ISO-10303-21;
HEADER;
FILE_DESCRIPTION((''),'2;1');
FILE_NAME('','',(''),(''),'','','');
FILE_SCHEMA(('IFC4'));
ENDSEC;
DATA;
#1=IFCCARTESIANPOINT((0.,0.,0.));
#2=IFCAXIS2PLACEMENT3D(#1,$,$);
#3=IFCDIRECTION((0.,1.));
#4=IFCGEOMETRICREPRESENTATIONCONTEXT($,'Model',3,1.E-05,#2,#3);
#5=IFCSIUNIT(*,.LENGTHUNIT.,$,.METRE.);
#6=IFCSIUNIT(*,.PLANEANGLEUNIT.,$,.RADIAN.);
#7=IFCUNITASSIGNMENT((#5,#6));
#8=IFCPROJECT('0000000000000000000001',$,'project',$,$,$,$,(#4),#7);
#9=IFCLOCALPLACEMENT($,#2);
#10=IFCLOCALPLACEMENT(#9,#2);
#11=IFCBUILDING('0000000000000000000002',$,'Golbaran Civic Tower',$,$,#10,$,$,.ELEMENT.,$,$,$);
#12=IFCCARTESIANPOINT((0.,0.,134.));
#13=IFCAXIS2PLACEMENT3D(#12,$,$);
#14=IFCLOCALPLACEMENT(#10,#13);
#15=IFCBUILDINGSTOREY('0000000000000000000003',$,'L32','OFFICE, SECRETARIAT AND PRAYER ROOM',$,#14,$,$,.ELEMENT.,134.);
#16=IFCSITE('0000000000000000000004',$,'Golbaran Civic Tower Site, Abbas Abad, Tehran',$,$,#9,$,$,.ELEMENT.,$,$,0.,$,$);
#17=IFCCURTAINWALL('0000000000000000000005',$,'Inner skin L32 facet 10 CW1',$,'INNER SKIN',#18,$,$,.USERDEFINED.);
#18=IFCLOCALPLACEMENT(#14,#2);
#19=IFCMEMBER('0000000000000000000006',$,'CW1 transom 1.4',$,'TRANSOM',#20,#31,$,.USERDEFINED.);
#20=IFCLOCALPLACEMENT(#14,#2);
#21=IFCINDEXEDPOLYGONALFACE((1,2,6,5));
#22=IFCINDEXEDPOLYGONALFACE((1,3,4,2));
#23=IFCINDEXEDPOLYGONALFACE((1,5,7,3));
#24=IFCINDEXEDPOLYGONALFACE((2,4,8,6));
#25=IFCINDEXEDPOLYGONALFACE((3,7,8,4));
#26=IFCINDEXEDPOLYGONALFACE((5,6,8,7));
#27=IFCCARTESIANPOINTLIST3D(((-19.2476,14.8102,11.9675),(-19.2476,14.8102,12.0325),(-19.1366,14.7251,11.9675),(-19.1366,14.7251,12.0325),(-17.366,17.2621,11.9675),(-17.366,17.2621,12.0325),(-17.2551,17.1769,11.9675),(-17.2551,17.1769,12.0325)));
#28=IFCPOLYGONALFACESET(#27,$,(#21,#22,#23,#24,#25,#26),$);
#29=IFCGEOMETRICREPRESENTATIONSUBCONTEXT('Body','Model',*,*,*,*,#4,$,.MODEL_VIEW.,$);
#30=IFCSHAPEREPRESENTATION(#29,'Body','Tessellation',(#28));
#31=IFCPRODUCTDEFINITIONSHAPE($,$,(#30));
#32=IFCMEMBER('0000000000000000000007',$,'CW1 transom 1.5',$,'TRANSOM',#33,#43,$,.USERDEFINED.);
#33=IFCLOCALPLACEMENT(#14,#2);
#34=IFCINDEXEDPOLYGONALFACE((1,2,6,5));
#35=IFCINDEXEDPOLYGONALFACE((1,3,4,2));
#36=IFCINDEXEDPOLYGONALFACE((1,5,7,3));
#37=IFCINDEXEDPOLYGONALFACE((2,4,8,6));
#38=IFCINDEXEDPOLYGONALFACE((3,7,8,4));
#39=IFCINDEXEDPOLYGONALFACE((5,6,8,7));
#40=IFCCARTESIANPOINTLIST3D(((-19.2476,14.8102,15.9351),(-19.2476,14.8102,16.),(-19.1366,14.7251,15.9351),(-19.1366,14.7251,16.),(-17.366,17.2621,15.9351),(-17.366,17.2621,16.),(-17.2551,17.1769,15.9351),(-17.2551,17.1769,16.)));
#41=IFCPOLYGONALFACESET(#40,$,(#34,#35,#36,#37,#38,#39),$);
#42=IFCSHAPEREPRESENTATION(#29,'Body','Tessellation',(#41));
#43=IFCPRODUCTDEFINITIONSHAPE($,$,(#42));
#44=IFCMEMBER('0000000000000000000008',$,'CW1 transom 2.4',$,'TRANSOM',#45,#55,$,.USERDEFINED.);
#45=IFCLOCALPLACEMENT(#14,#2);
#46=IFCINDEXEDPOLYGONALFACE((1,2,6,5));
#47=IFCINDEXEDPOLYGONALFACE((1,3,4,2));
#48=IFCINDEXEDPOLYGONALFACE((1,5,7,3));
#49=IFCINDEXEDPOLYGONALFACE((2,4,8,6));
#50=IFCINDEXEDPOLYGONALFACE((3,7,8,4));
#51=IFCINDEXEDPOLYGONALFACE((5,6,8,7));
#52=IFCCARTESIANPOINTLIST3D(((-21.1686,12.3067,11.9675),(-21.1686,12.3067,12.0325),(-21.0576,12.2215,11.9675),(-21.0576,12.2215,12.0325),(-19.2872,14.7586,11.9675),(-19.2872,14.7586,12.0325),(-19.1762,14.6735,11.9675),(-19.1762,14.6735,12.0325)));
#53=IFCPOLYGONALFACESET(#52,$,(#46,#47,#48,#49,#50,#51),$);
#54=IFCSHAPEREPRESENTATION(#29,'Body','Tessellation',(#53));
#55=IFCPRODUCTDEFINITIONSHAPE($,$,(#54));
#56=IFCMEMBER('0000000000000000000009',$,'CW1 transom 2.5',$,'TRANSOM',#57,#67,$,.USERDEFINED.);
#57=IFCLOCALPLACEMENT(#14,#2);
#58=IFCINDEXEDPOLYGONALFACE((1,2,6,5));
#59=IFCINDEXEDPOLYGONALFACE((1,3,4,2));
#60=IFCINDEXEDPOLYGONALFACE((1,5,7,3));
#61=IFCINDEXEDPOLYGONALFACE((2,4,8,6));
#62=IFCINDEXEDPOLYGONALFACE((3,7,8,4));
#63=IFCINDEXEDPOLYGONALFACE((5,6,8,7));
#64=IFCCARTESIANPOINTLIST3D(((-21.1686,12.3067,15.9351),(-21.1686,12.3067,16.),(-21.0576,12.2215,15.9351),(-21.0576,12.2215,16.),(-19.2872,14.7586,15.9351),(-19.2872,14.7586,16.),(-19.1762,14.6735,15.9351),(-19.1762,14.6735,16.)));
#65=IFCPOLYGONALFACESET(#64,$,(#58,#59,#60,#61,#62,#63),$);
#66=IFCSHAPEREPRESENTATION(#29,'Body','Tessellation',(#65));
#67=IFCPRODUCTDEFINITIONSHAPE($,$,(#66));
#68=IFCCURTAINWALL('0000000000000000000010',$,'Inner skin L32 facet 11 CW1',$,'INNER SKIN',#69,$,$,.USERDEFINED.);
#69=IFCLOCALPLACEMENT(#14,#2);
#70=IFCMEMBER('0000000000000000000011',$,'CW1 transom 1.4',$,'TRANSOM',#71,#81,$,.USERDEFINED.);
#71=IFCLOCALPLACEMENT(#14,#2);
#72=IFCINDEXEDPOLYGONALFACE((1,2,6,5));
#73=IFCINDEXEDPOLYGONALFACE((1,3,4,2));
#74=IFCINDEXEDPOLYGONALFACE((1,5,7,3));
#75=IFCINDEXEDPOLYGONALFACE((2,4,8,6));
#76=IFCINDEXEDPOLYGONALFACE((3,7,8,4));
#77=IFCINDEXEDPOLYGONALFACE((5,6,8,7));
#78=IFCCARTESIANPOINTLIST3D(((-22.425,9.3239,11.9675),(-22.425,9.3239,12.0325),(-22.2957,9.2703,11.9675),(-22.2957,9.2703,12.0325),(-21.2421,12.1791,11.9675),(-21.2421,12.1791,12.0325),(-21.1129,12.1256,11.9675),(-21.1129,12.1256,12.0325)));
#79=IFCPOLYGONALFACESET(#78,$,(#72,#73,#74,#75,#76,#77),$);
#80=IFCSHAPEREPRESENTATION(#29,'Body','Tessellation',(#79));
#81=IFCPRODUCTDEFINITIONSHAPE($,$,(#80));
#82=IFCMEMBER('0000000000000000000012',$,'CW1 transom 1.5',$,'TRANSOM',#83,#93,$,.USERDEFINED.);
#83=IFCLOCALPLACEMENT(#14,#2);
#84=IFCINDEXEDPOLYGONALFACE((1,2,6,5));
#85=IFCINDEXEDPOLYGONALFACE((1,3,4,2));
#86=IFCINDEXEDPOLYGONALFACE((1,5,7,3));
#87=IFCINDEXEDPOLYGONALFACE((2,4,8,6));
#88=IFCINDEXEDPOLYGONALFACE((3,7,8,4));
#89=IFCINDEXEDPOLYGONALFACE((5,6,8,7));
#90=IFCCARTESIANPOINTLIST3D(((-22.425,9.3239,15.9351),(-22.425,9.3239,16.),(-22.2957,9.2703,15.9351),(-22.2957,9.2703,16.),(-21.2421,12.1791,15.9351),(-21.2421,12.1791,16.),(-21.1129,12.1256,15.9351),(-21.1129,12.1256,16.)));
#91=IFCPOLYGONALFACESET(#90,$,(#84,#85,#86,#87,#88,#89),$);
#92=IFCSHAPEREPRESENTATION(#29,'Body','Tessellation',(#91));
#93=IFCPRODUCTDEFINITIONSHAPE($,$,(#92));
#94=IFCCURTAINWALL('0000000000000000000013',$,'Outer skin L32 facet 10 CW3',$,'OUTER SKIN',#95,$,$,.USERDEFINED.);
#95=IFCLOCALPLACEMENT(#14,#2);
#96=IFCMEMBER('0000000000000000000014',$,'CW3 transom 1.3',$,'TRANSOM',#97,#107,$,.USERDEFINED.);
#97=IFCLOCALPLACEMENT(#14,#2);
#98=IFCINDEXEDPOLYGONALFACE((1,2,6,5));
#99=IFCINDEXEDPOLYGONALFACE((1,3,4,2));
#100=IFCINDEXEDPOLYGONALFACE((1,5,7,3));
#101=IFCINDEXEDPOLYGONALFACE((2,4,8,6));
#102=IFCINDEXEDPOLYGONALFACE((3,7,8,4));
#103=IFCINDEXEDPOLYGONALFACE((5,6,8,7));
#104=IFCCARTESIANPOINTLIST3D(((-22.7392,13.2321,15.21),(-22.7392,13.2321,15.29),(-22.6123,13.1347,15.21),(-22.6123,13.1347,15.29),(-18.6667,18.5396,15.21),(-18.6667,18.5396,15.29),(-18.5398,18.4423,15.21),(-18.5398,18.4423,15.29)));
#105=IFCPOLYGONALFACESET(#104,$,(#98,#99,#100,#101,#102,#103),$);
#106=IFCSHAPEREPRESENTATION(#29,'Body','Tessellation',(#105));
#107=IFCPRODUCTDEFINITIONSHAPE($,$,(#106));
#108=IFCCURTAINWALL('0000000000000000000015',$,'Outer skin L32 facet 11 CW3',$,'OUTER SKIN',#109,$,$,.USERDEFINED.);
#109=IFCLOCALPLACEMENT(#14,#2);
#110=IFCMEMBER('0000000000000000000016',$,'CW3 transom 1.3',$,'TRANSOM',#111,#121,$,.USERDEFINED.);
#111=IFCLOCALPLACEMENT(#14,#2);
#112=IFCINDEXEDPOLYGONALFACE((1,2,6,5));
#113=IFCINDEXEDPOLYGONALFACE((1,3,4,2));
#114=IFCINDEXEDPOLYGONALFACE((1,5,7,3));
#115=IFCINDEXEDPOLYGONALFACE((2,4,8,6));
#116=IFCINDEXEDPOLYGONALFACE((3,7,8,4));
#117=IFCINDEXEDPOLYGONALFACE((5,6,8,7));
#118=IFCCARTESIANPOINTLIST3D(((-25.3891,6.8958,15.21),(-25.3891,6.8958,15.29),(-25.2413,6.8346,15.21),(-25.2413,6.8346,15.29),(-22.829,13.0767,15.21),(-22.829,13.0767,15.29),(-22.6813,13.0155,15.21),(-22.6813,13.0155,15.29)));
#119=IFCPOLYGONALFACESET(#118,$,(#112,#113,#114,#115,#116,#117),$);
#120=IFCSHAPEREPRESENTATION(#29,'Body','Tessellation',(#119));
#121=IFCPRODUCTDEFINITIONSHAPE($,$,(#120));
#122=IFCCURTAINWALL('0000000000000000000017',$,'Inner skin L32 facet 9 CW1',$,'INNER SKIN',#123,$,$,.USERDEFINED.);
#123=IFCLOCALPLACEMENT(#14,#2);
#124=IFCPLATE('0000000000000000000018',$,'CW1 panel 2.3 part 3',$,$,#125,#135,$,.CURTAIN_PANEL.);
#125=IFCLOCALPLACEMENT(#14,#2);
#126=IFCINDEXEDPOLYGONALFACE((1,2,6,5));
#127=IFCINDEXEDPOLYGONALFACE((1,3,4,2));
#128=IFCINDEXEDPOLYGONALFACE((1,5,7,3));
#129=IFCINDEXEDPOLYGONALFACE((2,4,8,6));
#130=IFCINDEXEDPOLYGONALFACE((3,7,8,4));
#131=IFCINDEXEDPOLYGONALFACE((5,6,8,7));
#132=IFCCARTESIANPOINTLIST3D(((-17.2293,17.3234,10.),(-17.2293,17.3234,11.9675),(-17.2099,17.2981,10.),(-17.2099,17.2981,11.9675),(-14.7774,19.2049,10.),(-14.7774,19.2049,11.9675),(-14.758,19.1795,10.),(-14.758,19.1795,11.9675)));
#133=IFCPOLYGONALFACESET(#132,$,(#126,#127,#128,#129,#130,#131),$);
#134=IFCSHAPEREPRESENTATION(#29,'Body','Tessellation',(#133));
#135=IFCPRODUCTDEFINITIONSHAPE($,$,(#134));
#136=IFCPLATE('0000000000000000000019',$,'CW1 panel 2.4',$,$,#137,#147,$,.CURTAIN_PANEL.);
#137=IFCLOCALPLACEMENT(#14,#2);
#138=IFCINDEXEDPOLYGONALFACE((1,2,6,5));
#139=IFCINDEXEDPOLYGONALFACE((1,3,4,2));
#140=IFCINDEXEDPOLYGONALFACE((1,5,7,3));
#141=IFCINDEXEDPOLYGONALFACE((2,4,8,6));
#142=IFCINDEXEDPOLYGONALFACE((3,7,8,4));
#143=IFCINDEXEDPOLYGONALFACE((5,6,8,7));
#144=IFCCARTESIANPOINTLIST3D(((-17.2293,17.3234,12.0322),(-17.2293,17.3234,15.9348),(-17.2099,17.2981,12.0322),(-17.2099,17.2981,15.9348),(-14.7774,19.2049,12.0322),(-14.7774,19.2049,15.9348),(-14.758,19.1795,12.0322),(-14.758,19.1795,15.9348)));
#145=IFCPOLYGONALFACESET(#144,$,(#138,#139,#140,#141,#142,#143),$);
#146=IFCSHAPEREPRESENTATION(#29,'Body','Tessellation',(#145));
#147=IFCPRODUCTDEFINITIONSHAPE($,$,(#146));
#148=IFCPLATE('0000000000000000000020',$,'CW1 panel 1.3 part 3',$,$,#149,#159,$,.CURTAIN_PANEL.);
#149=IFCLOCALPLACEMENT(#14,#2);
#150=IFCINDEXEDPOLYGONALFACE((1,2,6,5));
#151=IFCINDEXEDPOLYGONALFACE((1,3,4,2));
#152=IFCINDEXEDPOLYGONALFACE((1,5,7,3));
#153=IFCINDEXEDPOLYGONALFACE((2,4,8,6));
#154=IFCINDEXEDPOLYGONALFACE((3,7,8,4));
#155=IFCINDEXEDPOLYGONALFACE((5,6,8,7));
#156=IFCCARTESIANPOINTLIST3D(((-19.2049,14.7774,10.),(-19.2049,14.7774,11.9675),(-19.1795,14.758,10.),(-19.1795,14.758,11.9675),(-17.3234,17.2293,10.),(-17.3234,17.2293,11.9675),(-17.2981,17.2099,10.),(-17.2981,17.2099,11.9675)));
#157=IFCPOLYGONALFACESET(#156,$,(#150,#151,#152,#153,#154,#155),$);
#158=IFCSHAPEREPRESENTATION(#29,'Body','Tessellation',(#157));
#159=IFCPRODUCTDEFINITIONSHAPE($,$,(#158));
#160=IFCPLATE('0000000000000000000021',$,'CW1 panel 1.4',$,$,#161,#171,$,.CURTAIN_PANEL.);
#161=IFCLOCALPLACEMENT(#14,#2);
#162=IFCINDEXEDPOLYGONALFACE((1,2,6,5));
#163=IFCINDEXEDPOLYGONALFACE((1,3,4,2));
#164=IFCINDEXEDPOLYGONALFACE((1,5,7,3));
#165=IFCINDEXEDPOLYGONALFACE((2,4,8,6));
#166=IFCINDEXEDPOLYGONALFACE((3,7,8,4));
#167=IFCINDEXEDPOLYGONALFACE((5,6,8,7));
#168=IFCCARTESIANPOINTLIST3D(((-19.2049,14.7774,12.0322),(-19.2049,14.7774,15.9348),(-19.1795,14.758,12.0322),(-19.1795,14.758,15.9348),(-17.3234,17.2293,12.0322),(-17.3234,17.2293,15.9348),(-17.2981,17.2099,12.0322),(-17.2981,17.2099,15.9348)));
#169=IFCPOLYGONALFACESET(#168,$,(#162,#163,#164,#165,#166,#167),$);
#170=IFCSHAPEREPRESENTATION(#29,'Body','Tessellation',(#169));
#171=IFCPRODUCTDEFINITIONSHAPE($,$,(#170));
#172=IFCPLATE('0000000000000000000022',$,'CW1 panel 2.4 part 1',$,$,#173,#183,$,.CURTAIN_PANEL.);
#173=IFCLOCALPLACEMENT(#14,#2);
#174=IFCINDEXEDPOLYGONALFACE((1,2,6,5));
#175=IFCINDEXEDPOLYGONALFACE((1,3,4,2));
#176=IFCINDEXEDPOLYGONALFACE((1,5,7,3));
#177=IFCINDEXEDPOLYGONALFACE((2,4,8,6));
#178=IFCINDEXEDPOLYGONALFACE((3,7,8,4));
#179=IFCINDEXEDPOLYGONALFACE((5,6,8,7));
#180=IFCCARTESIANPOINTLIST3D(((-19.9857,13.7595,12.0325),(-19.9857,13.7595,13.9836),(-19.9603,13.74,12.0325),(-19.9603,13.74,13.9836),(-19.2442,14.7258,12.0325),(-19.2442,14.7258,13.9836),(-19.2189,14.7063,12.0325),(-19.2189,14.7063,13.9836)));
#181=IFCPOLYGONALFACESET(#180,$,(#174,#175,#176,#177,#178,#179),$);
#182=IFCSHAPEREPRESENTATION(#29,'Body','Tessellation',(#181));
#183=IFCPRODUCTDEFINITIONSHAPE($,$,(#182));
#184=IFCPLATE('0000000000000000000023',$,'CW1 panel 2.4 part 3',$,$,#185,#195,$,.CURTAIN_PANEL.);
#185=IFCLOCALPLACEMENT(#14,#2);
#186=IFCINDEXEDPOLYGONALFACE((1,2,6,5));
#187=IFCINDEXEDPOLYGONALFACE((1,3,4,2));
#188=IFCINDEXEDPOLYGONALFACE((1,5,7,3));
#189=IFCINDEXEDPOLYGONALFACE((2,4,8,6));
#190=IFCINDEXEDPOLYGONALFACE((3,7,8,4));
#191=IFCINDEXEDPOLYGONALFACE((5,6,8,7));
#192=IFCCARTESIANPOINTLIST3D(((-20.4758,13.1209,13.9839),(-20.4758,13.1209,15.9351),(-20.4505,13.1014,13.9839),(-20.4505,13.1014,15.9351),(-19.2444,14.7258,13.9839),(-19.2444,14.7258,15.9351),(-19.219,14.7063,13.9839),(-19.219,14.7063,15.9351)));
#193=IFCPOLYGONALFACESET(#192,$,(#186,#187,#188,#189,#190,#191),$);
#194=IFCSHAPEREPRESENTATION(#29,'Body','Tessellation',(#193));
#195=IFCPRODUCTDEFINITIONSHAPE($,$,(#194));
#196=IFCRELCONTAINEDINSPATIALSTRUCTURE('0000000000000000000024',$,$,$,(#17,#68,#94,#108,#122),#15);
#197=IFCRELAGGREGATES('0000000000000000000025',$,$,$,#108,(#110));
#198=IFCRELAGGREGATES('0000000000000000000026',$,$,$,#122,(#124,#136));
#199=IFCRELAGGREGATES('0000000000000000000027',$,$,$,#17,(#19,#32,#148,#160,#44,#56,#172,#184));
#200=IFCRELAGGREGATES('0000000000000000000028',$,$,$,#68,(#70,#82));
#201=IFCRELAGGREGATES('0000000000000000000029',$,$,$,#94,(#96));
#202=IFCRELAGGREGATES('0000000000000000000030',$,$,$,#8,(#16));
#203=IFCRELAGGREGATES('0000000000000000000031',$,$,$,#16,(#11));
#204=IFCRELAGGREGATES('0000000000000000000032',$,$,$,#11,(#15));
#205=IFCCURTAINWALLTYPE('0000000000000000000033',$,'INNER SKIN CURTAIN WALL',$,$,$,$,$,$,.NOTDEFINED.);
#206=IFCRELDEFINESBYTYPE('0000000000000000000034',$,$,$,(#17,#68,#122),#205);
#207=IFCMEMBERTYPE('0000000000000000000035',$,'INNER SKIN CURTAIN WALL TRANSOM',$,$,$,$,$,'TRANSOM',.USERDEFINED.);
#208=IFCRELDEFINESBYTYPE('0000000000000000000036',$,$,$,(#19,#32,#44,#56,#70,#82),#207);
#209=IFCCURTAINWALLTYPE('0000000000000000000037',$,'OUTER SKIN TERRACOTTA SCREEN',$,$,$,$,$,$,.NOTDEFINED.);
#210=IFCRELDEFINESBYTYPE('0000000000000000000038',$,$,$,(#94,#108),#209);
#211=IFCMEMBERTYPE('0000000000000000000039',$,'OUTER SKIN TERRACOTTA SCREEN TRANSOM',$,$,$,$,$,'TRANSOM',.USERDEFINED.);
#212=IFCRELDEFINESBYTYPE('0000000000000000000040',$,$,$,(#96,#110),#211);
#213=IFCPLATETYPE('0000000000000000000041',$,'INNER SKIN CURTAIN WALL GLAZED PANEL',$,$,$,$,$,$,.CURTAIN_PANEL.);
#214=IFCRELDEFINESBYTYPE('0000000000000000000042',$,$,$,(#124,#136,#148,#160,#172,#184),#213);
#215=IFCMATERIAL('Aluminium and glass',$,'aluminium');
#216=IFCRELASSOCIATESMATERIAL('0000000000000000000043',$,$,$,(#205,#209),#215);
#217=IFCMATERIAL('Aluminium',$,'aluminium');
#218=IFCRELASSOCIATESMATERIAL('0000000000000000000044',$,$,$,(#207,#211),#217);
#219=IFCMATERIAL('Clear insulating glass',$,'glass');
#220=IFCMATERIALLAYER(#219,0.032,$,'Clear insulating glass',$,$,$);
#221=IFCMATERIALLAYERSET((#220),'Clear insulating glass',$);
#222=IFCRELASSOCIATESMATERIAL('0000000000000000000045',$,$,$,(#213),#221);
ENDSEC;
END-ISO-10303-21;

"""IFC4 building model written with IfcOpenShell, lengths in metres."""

from ifc_helpers import new_model, si_unit, direction, frame, origin, origin_2d, place, context, subcontext, project, spatial, rectangle, extrude, material, layer, layer_set, material_profile, profile_set, type_object, element, aggregate, save


model = new_model("IFC4")

# Units and contexts
model_context = context("Model", 3, precision=1e-05, world=origin(), true_north=direction((0.0, 1.0)))
body_context = subcontext(model_context, "Body", "Model", "MODEL_VIEW")
ifc_project = project(units=[si_unit("LENGTHUNIT", "METRE"), si_unit("PLANEANGLEUNIT", "RADIAN")], contexts=[model_context])

# Site, building, storey
site_placement = place(None, origin())
site = spatial("IfcSite", under=ifc_project, at=site_placement, Name="Golbaran Civic Tower Site, Abbas Abad, Tehran", CompositionType="ELEMENT", RefElevation=0.0)
building_placement = place(site_placement, origin())
building = spatial("IfcBuilding", under=site, at=building_placement, Name="Golbaran Civic Tower", CompositionType="ELEMENT")
storey_placement = place(building_placement, frame((0.0, 0.0, 134.0)))
storey = spatial("IfcBuildingStorey", under=building, at=storey_placement, Name="L32", Description="OFFICE, SECRETARIAT AND PRAYER ROOM", CompositionType="ELEMENT", Elevation=134.0)

# Curtain walls, members
ifc_material_1 = material(Name="Aluminium and glass", Category="aluminium")
curtain_wall_type_1 = type_object("IfcCurtainWallType", Name="INNER SKIN CURTAIN WALL", PredefinedType="NOTDEFINED", material=ifc_material_1)
curtain_wall_1_placement = place(storey_placement, origin())
curtain_wall_1 = element("IfcCurtainWall", 1, at=curtain_wall_1_placement, inside=storey, type_object=curtain_wall_type_1, Name="Inner skin L32 facet 10 CW1", ObjectType="INNER SKIN", PredefinedType="USERDEFINED")
ifc_material_2 = material(Name="Aluminium", Category="aluminium")
ifc_material_profile_1 = material_profile(ifc_material_2, rectangle(XDim=0.1399, YDim=0.0649, at=origin_2d()), Name="INNER SKIN CURTAIN WALL TRANSOM")
ifc_profile_set_1 = profile_set([ifc_material_profile_1], Name="Aluminium")
member_type_1 = type_object("IfcMemberType", Name="INNER SKIN CURTAIN WALL TRANSOM", ElementType="TRANSOM", PredefinedType="USERDEFINED", material=ifc_profile_set_1)
member_1_placement = place(storey_placement, frame((-17.3105, 17.2195, 12.0), z_axis=(-0.608798, -0.793325, 0.0), x_axis=(0.793325, -0.608798, 0.0)))
member_1 = element("IfcMember", 2, at=member_1_placement, type_object=member_type_1, Name="CW1 transom 1.4", ObjectType="TRANSOM", PredefinedType="USERDEFINED", context=body_context, shape_type="SweptSolid", body=[
    extrude(rectangle(XDim=0.1399, YDim=0.0649, at=origin_2d()), origin(), (0.0, 0.0, 1.0), 3.0906),
])
member_2_placement = place(storey_placement, frame((-17.3105, 17.2195, 15.9675), z_axis=(-0.608798, -0.793325, 0.0), x_axis=(0.793325, -0.608798, 0.0)))
member_2 = element("IfcMember", 3, at=member_2_placement, type_object=member_type_1, Name="CW1 transom 1.5", ObjectType="TRANSOM", PredefinedType="USERDEFINED", context=body_context, shape_type="SweptSolid", body=[
    extrude(rectangle(XDim=0.1399, YDim=0.0649, at=origin_2d()), origin(), (0.0, 0.0, 1.0), 3.0906),
])
member_3_placement = place(storey_placement, frame((-19.2317, 14.7161, 12.0), z_axis=(-0.608748, -0.793363, 0.0), x_axis=(0.793363, -0.608748, 0.0)))
member_3 = element("IfcMember", 4, at=member_3_placement, type_object=member_type_1, Name="CW1 transom 2.4", ObjectType="TRANSOM", PredefinedType="USERDEFINED", context=body_context, shape_type="SweptSolid", body=[
    extrude(rectangle(XDim=0.1399, YDim=0.0649, at=origin_2d()), origin(), (0.0, 0.0, 1.0), 3.0906),
])
member_4_placement = place(storey_placement, frame((-19.2317, 14.7161, 15.9675), z_axis=(-0.608748, -0.793363, 0.0), x_axis=(0.793363, -0.608748, 0.0)))
member_4 = element("IfcMember", 5, at=member_4_placement, type_object=member_type_1, Name="CW1 transom 2.5", ObjectType="TRANSOM", PredefinedType="USERDEFINED", context=body_context, shape_type="SweptSolid", body=[
    extrude(rectangle(XDim=0.1399, YDim=0.0649, at=origin_2d()), origin(), (0.0, 0.0, 1.0), 3.0906),
])
curtain_wall_2_placement = place(storey_placement, origin())
curtain_wall_2 = element("IfcCurtainWall", 6, at=curtain_wall_2_placement, inside=storey, type_object=curtain_wall_type_1, Name="Inner skin L32 facet 11 CW1", ObjectType="INNER SKIN", PredefinedType="USERDEFINED")
member_5_placement = place(storey_placement, frame((-21.1775, 12.1523, 12.0), z_axis=(-0.382736, -0.923858, 0.0), x_axis=(0.923858, -0.382736, 0.0)))
member_5 = element("IfcMember", 7, at=member_5_placement, type_object=member_type_1, Name="CW1 transom 1.4", ObjectType="TRANSOM", PredefinedType="USERDEFINED", context=body_context, shape_type="SweptSolid", body=[
    extrude(rectangle(XDim=0.1399, YDim=0.0649, at=origin_2d()), origin(), (0.0, 0.0, 1.0), 3.0906),
])
member_6_placement = place(storey_placement, frame((-21.1775, 12.1523, 15.9675), z_axis=(-0.382736, -0.923858, 0.0), x_axis=(0.923858, -0.382736, 0.0)))
member_6 = element("IfcMember", 8, at=member_6_placement, type_object=member_type_1, Name="CW1 transom 1.5", ObjectType="TRANSOM", PredefinedType="USERDEFINED", context=body_context, shape_type="SweptSolid", body=[
    extrude(rectangle(XDim=0.1399, YDim=0.0649, at=origin_2d()), origin(), (0.0, 0.0, 1.0), 3.0906),
])

# Curtain walls, members
curtain_wall_type_2 = type_object("IfcCurtainWallType", Name="OUTER SKIN TERRACOTTA SCREEN", PredefinedType="NOTDEFINED", material=ifc_material_1)
curtain_wall_3_placement = place(storey_placement, origin())
curtain_wall_3 = element("IfcCurtainWall", 9, at=curtain_wall_3_placement, inside=storey, type_object=curtain_wall_type_2, Name="Outer skin L32 facet 10 CW3", ObjectType="OUTER SKIN", PredefinedType="USERDEFINED")
ifc_material_profile_2 = material_profile(ifc_material_2, rectangle(XDim=0.1599, YDim=0.0801, at=origin_2d()), Name="OUTER SKIN TERRACOTTA SCREEN TRANSOM")
ifc_profile_set_2 = profile_set([ifc_material_profile_2], Name="Aluminium")
member_type_2 = type_object("IfcMemberType", Name="OUTER SKIN TERRACOTTA SCREEN TRANSOM", ElementType="TRANSOM", PredefinedType="USERDEFINED", material=ifc_profile_set_2)
member_7_placement = place(storey_placement, frame((-18.6033, 18.491, 15.25), z_axis=(-0.608746, -0.793365, 0.0), x_axis=(0.793365, -0.608746, 0.0)))
member_7 = element("IfcMember", 10, at=member_7_placement, type_object=member_type_2, Name="CW3 transom 1.3", ObjectType="TRANSOM", PredefinedType="USERDEFINED", context=body_context, shape_type="SweptSolid", body=[
    extrude(rectangle(XDim=0.1599, YDim=0.0801, at=origin_2d()), origin(), (0.0, 0.0, 1.0), 6.6899),
])
curtain_wall_4_placement = place(storey_placement, origin())
curtain_wall_4 = element("IfcCurtainWall", 11, at=curtain_wall_4_placement, inside=storey, type_object=curtain_wall_type_2, Name="Outer skin L32 facet 11 CW3", ObjectType="OUTER SKIN", PredefinedType="USERDEFINED")
member_8_placement = place(storey_placement, frame((-22.7551, 13.0461, 15.25), z_axis=(-0.382663, -0.923888, 0.0), x_axis=(0.923888, -0.382663, 0.0)))
member_8 = element("IfcMember", 12, at=member_8_placement, type_object=member_type_2, Name="CW3 transom 1.3", ObjectType="TRANSOM", PredefinedType="USERDEFINED", context=body_context, shape_type="SweptSolid", body=[
    extrude(rectangle(XDim=0.1599, YDim=0.0801, at=origin_2d()), origin(), (0.0, 0.0, 1.0), 6.6902),
])
aggregate(curtain_wall_4, [member_8])

# Curtain wall, plates
curtain_wall_5_placement = place(storey_placement, origin())
curtain_wall_5 = element("IfcCurtainWall", 13, at=curtain_wall_5_placement, inside=storey, type_object=curtain_wall_type_1, Name="Inner skin L32 facet 9 CW1", ObjectType="INNER SKIN", PredefinedType="USERDEFINED")
ifc_material_3 = material(Name="Clear insulating glass", Category="glass")
ifc_layer_1 = layer(ifc_material_3, 0.032, Name="Clear insulating glass")
ifc_layer_set_1 = layer_set([ifc_layer_1], Name="Clear insulating glass")
plate_type_1 = type_object("IfcPlateType", Name="INNER SKIN CURTAIN WALL GLAZED PANEL", PredefinedType="CURTAIN_PANEL", material=ifc_layer_set_1)
plate_1_placement = place(storey_placement, frame((-15.9937, 18.2515, 10.0), z_axis=(0.0, 0.0, 1.0), x_axis=(-0.793353, -0.608761, 0.0)))
plate_1 = element("IfcPlate", 14, at=plate_1_placement, type_object=plate_type_1, Name="CW1 panel 2.3 part 3", PredefinedType="CURTAIN_PANEL", context=body_context, shape_type="SweptSolid", body=[
    extrude(rectangle(XDim=3.0906, YDim=0.032, at=origin_2d()), origin(), (0.0, 0.0, 1.0), 1.9675),
])
plate_2_placement = place(storey_placement, frame((-15.9937, 18.2515, 12.0322), z_axis=(0.0, 0.0, 1.0), x_axis=(-0.793353, -0.608761, 0.0)))
plate_2 = element("IfcPlate", 15, at=plate_2_placement, type_object=plate_type_1, Name="CW1 panel 2.4", PredefinedType="CURTAIN_PANEL", context=body_context, shape_type="SweptSolid", body=[
    extrude(rectangle(XDim=3.0906, YDim=0.032, at=origin_2d()), origin(), (0.0, 0.0, 1.0), 3.9026),
])
aggregate(curtain_wall_5, [plate_1, plate_2])

# Plates
plate_3_placement = place(storey_placement, frame((-18.2515, 15.9937, 10.0), z_axis=(0.0, 0.0, 1.0), x_axis=(-0.608761, -0.793353, 0.0)))
plate_3 = element("IfcPlate", 16, at=plate_3_placement, type_object=plate_type_1, Name="CW1 panel 1.3 part 3", PredefinedType="CURTAIN_PANEL", context=body_context, shape_type="SweptSolid", body=[
    extrude(rectangle(XDim=3.0906, YDim=0.032, at=origin_2d()), origin(), (0.0, 0.0, 1.0), 1.9675),
])
plate_4_placement = place(storey_placement, frame((-18.2515, 15.9937, 12.0322), z_axis=(0.0, 0.0, 1.0), x_axis=(-0.608761, -0.793353, 0.0)))
plate_4 = element("IfcPlate", 17, at=plate_4_placement, type_object=plate_type_1, Name="CW1 panel 1.4", PredefinedType="CURTAIN_PANEL", context=body_context, shape_type="SweptSolid", body=[
    extrude(rectangle(XDim=3.0906, YDim=0.032, at=origin_2d()), origin(), (0.0, 0.0, 1.0), 3.9026),
])
plate_5_placement = place(storey_placement, frame((-19.6023, 14.2329, 12.0325), z_axis=(0.0, 0.0, 1.0), x_axis=(-0.608761, -0.793353, 0.0)))
plate_5 = element("IfcPlate", 18, at=plate_5_placement, type_object=plate_type_1, Name="CW1 panel 2.4 part 1", PredefinedType="CURTAIN_PANEL", context=body_context, shape_type="SweptSolid", body=[
    extrude(rectangle(XDim=1.218, YDim=0.032, at=origin_2d()), origin(), (0.0, 0.0, 1.0), 1.9512),
])
plate_6_placement = place(storey_placement, frame((-19.8474, 13.9136, 13.9839), z_axis=(0.0, 0.0, 1.0), x_axis=(-0.608761, -0.793353, 0.0)))
plate_6 = element("IfcPlate", 19, at=plate_6_placement, type_object=plate_type_1, Name="CW1 panel 2.4 part 3", PredefinedType="CURTAIN_PANEL", context=body_context, shape_type="SweptSolid", body=[
    extrude(rectangle(XDim=2.0229, YDim=0.032, at=origin_2d()), origin(), (0.0, 0.0, 1.0), 1.9512),
])
aggregate(curtain_wall_1, [member_1, member_2, plate_3, plate_4, member_3, member_4, plate_5, plate_6])
aggregate(curtain_wall_2, [member_5, member_6])
aggregate(curtain_wall_3, [member_7])

save(model, "model.ifc")
